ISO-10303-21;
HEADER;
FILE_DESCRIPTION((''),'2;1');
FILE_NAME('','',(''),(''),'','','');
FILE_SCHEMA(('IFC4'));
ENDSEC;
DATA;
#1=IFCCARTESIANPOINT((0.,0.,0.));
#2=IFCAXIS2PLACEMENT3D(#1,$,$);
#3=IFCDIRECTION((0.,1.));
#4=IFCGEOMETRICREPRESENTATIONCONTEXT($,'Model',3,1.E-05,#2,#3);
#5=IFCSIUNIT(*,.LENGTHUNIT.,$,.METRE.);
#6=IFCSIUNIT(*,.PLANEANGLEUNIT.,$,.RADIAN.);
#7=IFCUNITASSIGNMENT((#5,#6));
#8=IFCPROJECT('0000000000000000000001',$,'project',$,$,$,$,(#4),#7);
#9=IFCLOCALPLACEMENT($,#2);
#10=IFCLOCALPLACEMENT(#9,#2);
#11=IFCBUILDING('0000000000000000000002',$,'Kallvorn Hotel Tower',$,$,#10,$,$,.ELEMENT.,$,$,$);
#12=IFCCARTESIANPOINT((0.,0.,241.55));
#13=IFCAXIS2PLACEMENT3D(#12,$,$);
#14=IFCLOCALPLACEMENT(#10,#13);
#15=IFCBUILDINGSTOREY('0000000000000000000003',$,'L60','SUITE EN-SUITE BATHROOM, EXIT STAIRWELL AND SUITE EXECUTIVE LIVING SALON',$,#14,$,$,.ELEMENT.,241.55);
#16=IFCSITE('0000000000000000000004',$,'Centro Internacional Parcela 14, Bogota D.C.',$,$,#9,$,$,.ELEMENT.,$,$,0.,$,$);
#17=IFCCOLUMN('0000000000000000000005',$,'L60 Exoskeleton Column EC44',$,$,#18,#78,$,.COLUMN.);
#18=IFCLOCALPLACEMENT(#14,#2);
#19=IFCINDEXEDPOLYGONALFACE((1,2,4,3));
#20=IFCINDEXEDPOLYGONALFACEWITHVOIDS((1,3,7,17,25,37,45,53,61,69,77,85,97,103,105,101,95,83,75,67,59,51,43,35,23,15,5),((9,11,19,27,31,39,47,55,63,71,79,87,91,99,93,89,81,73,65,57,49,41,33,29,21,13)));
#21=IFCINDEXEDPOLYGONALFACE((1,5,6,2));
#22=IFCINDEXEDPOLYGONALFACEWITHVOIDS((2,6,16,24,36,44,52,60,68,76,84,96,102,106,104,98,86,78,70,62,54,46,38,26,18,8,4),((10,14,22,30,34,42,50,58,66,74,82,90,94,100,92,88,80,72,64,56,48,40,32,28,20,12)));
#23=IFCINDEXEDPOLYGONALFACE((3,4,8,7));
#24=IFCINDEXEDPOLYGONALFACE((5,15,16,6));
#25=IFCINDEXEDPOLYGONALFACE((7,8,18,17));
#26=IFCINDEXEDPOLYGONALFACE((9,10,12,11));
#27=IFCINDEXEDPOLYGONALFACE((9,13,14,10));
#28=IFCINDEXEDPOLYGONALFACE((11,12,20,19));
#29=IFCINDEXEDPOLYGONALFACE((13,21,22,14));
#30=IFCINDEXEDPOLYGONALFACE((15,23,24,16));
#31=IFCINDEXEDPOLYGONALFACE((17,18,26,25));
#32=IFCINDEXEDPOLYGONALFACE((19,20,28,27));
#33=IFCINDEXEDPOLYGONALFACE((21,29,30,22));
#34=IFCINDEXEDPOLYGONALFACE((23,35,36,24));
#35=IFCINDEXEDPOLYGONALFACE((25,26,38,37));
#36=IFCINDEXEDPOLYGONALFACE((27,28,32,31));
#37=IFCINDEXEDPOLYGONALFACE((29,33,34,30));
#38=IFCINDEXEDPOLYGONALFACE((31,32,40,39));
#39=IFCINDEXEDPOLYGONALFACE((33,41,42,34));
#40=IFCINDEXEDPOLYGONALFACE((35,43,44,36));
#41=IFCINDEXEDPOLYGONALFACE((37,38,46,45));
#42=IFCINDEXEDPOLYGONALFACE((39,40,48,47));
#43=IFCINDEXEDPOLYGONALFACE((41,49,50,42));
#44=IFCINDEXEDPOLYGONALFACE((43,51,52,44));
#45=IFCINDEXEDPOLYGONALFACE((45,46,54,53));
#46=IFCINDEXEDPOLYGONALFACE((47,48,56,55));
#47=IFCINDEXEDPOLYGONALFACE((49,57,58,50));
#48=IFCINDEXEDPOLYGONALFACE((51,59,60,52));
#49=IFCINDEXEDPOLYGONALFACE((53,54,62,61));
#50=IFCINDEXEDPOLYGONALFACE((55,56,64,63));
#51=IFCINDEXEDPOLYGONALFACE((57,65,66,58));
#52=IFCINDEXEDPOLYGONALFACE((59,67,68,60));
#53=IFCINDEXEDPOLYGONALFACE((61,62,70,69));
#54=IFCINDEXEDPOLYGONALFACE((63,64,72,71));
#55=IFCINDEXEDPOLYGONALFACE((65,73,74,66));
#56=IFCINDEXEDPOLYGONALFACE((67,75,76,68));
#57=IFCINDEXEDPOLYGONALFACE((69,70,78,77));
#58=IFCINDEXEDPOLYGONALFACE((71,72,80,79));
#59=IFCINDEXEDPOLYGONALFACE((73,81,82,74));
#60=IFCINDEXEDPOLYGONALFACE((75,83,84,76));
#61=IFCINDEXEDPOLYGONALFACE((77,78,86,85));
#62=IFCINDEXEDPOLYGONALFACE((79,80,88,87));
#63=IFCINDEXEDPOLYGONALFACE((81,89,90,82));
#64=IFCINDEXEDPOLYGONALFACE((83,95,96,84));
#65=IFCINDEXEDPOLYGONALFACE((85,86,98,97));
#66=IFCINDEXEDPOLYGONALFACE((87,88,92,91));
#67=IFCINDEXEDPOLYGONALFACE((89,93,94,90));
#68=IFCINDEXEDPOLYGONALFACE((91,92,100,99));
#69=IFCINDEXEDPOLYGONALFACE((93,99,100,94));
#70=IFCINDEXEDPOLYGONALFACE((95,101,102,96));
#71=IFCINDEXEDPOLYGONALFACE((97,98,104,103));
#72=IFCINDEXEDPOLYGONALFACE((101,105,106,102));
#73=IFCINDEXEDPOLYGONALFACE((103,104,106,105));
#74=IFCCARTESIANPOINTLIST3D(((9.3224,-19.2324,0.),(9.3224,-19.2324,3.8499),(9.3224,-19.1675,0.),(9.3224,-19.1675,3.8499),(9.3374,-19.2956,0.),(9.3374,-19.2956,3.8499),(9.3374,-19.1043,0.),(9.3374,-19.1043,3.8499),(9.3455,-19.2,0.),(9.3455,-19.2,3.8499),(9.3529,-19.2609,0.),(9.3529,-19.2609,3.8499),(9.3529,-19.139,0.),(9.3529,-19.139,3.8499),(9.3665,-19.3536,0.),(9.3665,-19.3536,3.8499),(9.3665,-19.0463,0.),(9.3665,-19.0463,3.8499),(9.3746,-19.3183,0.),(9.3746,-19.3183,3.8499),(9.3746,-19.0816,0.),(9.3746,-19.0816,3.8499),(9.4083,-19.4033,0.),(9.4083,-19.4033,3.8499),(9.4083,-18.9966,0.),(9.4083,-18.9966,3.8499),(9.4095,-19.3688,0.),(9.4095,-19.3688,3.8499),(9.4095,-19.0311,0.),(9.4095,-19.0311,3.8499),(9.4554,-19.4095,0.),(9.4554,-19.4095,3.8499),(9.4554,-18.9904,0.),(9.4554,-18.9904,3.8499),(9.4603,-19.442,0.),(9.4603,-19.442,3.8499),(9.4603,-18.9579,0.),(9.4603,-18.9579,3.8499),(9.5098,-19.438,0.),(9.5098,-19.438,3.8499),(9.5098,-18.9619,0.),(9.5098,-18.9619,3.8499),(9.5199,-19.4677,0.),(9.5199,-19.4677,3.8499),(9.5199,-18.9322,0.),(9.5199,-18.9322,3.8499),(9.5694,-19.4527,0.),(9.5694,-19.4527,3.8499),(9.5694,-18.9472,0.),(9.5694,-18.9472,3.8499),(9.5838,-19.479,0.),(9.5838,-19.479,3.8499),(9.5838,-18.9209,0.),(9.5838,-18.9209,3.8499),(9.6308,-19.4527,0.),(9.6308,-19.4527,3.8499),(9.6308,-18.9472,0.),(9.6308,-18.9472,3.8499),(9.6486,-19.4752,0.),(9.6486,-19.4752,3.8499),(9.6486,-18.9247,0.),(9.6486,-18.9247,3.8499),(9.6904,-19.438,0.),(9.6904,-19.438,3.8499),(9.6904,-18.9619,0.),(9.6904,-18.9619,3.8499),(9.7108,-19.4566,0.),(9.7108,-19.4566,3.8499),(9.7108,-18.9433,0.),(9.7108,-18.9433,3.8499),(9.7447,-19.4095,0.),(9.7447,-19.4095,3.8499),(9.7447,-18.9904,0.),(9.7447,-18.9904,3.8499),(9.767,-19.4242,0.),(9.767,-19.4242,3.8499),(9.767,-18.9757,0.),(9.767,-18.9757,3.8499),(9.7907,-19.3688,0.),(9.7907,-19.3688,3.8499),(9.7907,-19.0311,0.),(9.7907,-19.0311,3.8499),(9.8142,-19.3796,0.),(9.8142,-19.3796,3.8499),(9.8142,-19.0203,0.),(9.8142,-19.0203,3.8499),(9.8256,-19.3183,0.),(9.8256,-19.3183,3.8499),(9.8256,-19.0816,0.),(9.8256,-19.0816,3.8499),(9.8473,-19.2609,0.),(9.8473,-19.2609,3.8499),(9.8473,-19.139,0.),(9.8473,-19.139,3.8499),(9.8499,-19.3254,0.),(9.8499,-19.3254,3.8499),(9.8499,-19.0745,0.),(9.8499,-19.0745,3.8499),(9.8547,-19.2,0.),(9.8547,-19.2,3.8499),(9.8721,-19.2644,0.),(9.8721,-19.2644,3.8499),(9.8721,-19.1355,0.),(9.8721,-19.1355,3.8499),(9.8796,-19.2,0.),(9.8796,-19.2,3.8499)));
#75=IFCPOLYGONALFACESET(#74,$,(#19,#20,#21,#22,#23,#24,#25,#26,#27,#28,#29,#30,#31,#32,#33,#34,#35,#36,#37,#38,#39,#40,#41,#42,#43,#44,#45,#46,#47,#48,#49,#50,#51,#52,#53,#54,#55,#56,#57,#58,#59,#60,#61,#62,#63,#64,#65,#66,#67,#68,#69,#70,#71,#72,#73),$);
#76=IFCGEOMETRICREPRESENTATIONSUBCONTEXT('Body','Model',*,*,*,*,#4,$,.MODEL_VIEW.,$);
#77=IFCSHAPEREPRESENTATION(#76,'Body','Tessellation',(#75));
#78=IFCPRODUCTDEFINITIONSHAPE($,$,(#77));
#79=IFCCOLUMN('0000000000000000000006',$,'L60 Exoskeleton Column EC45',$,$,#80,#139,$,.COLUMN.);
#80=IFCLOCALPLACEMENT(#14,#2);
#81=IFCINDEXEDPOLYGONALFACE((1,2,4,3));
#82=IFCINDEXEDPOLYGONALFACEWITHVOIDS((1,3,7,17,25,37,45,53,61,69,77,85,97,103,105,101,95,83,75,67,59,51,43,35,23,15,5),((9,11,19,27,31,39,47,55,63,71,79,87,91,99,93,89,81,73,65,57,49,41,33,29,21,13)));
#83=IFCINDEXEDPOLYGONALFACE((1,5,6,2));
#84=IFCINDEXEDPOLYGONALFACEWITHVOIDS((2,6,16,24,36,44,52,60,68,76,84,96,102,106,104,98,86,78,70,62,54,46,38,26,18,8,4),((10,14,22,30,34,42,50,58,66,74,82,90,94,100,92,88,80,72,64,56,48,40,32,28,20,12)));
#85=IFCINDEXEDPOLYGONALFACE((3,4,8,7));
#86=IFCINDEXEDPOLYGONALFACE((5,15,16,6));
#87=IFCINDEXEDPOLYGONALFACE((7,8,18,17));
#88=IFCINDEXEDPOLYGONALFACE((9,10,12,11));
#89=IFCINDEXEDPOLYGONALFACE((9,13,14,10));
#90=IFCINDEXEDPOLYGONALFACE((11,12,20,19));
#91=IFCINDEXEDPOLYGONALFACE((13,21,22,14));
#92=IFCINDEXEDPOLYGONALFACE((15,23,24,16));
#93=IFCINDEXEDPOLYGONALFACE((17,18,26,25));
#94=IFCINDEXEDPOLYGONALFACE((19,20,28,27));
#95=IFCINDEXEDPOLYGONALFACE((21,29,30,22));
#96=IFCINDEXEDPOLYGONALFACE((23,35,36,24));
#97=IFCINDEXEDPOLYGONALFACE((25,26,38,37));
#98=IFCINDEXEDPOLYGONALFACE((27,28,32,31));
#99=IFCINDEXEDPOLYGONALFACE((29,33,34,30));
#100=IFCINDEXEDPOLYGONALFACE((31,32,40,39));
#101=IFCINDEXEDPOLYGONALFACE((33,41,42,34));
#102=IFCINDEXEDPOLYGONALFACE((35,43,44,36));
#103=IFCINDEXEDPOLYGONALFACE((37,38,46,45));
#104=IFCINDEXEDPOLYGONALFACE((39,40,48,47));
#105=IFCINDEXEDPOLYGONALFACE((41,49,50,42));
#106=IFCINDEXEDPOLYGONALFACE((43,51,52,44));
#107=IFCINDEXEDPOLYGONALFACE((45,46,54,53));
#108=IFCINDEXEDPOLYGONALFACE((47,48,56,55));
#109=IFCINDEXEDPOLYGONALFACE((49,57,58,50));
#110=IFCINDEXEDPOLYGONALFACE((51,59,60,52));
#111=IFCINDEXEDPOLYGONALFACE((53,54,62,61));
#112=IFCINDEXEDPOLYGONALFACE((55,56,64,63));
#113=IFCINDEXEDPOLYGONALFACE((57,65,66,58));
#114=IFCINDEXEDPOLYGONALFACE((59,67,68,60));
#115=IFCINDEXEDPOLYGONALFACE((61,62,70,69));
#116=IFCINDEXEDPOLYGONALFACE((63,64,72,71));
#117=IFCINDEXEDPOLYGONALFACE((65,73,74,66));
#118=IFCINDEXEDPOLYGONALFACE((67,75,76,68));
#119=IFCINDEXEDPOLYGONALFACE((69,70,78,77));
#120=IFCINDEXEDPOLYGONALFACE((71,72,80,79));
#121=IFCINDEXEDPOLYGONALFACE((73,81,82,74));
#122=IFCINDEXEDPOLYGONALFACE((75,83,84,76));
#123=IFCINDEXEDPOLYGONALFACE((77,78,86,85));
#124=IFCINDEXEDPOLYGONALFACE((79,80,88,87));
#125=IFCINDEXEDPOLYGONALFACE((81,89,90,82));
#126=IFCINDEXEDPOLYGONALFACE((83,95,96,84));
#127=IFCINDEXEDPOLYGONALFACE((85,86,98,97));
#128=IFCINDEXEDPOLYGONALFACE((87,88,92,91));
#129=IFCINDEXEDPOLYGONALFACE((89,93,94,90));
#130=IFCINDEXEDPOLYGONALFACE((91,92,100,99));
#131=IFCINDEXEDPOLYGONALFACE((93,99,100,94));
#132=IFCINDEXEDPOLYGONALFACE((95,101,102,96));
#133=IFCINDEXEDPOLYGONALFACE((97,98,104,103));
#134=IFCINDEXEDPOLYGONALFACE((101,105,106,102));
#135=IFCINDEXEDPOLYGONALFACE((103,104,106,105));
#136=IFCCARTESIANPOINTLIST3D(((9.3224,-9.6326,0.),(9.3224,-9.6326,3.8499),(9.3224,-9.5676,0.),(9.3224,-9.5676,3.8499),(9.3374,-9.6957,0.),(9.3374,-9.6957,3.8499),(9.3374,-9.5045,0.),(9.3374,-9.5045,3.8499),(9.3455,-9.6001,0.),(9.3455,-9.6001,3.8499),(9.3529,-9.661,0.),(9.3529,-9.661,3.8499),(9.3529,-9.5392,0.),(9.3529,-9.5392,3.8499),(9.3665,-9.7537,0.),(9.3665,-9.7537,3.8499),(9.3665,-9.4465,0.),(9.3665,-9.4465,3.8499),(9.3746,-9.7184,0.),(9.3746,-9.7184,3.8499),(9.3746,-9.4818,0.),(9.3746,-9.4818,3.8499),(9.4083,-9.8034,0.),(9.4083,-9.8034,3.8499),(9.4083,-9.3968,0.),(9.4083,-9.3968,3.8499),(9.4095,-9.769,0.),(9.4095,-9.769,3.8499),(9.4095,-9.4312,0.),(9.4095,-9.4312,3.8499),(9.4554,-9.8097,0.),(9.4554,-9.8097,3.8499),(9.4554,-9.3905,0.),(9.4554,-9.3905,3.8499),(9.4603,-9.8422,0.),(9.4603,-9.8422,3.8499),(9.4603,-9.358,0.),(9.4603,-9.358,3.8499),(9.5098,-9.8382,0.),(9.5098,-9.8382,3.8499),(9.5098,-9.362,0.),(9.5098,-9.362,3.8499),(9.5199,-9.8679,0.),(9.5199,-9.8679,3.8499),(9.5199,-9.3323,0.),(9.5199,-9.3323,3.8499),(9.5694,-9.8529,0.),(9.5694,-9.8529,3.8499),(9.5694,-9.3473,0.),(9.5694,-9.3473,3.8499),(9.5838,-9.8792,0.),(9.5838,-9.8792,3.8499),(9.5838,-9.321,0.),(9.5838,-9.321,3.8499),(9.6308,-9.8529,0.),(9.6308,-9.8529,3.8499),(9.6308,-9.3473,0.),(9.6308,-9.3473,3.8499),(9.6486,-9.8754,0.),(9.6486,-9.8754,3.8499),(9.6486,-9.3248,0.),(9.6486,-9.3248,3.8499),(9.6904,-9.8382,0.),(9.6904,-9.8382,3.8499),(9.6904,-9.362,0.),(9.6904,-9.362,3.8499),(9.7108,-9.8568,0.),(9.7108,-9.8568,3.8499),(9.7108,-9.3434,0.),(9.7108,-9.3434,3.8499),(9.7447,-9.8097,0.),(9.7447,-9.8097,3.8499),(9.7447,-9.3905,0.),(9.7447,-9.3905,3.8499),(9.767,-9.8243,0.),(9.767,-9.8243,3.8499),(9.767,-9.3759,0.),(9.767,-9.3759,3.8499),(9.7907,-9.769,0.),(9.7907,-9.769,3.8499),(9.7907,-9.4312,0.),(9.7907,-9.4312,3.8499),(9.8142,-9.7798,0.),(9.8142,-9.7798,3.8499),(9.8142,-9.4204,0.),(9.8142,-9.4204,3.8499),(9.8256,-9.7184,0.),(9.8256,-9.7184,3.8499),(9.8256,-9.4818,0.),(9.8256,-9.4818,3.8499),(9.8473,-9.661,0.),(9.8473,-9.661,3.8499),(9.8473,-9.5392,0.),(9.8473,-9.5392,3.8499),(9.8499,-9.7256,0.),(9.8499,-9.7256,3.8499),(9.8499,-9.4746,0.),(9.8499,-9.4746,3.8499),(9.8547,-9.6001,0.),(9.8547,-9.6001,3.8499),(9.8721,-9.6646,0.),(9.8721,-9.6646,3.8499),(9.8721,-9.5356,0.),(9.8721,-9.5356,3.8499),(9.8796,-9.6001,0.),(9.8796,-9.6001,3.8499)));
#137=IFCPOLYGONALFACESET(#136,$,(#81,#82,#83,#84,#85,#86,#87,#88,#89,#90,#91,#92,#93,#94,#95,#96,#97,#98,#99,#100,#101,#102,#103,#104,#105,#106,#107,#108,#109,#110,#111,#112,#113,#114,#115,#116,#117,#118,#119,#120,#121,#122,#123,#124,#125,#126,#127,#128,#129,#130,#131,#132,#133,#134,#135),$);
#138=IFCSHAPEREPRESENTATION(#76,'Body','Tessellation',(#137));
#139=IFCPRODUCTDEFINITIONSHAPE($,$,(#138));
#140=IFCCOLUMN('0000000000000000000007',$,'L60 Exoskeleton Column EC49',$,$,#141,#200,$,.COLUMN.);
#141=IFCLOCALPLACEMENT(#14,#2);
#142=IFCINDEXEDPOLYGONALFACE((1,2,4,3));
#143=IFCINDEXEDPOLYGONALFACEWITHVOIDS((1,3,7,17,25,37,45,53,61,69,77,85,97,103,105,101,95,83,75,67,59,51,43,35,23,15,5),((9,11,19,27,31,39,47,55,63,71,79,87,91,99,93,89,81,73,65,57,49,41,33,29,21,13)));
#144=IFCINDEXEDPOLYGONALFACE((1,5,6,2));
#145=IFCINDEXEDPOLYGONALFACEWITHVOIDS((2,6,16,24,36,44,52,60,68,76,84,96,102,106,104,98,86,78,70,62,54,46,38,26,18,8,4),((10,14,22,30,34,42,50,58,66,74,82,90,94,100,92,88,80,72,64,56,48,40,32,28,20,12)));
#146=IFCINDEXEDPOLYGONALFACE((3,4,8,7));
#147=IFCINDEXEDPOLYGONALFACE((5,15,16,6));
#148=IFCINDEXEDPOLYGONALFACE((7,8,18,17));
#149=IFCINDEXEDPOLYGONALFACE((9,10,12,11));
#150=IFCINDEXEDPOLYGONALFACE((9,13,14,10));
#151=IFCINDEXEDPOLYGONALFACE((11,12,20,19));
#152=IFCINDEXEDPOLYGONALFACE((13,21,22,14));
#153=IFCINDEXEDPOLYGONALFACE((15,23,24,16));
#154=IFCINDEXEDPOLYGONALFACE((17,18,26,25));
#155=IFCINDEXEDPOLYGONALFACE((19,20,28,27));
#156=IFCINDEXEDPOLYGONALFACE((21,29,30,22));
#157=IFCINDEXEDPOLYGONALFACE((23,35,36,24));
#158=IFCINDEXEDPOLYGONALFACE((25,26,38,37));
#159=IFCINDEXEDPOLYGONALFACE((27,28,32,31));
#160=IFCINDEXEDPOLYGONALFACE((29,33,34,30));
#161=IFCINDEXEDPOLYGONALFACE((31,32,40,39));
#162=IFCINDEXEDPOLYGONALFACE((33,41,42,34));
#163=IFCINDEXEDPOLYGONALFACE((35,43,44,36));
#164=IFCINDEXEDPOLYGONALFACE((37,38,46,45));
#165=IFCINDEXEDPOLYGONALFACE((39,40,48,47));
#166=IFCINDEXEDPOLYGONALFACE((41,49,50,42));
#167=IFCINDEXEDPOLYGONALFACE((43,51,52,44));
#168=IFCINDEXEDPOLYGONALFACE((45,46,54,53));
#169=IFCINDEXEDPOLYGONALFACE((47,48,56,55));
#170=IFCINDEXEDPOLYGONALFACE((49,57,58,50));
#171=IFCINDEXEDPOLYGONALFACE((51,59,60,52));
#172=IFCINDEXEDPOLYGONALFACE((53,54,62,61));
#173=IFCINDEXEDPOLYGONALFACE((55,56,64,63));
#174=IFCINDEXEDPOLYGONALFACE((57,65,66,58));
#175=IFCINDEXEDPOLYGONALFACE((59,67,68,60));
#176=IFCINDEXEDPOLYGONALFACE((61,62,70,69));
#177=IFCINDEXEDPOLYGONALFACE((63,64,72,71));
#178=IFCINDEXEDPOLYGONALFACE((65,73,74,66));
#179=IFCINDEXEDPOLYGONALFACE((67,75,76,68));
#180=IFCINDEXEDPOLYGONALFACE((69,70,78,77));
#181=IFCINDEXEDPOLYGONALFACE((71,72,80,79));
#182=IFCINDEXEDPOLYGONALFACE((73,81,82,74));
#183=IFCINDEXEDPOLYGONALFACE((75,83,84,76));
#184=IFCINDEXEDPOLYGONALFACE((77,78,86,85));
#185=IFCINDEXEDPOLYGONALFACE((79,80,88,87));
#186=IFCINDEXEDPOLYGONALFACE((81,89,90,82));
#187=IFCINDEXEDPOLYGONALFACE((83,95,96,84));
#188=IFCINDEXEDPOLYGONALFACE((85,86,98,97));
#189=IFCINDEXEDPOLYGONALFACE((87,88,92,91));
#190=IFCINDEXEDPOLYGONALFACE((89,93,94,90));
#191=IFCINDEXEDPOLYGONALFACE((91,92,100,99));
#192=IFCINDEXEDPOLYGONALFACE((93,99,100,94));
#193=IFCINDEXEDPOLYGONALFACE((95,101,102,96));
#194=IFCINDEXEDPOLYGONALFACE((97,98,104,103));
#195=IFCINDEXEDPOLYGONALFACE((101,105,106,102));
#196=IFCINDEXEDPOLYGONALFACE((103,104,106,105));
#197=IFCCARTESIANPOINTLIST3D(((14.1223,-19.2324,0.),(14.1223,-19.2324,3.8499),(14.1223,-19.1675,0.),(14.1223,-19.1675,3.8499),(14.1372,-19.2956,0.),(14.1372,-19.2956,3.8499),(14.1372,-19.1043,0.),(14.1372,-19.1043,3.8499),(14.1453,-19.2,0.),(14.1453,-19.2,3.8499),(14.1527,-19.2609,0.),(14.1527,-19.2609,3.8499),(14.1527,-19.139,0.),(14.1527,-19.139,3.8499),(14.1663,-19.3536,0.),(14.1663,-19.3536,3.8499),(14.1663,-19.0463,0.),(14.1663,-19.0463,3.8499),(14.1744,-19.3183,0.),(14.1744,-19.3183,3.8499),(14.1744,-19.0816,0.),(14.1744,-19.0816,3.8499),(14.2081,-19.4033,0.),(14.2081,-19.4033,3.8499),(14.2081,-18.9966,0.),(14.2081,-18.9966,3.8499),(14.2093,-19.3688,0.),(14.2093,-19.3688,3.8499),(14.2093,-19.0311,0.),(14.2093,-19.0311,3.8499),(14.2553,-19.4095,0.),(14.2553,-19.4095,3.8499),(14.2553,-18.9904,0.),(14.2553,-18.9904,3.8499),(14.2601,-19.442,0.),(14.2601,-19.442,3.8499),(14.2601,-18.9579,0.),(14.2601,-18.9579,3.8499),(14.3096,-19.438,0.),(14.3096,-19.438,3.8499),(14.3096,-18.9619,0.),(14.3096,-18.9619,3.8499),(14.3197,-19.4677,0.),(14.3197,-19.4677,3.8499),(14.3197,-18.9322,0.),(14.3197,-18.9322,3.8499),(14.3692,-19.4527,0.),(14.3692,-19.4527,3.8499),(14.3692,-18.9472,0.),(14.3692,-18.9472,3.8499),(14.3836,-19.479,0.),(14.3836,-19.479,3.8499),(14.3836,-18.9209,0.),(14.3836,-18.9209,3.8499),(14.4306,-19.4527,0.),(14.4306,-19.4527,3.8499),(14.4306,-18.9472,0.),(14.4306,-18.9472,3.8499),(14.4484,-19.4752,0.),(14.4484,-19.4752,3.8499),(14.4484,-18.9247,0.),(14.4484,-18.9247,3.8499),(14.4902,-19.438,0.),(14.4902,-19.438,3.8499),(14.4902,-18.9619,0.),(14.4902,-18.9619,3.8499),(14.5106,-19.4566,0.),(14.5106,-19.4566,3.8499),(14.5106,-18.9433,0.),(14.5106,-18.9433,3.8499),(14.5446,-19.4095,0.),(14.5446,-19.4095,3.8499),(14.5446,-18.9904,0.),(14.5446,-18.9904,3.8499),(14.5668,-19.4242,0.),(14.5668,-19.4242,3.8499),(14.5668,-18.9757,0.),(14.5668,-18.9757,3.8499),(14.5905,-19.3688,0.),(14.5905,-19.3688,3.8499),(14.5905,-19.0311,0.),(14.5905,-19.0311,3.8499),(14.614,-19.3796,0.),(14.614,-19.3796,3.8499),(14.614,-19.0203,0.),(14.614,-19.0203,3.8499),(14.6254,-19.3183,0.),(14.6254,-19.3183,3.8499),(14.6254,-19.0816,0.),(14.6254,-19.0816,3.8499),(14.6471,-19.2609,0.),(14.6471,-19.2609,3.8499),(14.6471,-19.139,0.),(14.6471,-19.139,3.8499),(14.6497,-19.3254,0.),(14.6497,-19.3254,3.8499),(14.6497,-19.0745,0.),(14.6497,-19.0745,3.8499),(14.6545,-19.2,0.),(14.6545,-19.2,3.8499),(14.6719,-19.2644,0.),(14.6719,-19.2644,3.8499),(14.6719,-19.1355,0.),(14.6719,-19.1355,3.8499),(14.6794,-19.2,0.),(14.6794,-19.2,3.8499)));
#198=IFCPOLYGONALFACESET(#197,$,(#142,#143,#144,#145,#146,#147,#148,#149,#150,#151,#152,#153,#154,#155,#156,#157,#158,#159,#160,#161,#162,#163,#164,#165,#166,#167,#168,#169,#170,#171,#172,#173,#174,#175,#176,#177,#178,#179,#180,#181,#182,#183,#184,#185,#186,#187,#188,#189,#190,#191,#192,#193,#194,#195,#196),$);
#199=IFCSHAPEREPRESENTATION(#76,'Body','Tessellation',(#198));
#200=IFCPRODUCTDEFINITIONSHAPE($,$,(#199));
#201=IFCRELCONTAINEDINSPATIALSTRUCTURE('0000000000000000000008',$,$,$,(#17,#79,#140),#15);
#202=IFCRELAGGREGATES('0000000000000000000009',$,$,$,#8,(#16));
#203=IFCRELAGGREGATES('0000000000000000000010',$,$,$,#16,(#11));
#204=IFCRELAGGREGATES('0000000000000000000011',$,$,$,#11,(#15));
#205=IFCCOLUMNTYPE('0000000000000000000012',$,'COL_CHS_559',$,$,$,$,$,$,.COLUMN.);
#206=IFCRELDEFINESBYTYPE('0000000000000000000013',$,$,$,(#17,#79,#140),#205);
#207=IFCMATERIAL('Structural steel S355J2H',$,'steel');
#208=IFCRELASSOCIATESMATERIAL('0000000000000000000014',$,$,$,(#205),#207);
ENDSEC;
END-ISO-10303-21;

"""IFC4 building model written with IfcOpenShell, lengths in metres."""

from ifc_helpers import new_model, si_unit, direction, frame, origin, origin_2d, place, context, subcontext, project, spatial, hollow_circle, extrude, material, material_profile, profile_set, type_object, element, save


model = new_model("IFC4")

# Units and contexts
model_context = context("Model", 3, precision=1e-05, world=origin(), true_north=direction((0.0, 1.0)))
body_context = subcontext(model_context, "Body", "Model", "MODEL_VIEW")
ifc_project = project(units=[si_unit("LENGTHUNIT", "METRE"), si_unit("PLANEANGLEUNIT", "RADIAN")], contexts=[model_context])

# Site, building, storey
site_placement = place(None, origin())
site = spatial("IfcSite", under=ifc_project, at=site_placement, Name="Centro Internacional Parcela 14, Bogota D.C.", CompositionType="ELEMENT", RefElevation=0.0)
building_placement = place(site_placement, origin())
building = spatial("IfcBuilding", under=site, at=building_placement, Name="Kallvorn Hotel Tower", CompositionType="ELEMENT")
storey_placement = place(building_placement, frame((0.0, 0.0, 241.55)))
storey = spatial("IfcBuildingStorey", under=building, at=storey_placement, Name="L60", Description="SUITE EN-SUITE BATHROOM, EXIT STAIRWELL AND SUITE EXECUTIVE LIVING SALON", CompositionType="ELEMENT", Elevation=241.55)

# Columns
ifc_material_1 = material(Name="Structural steel S355J2H", Category="steel")
ifc_material_profile_1 = material_profile(ifc_material_1, hollow_circle(Radius=0.2795, WallThickness=0.0249, at=origin_2d()), Name="CHS 559x25")
ifc_profile_set_1 = profile_set([ifc_material_profile_1], Name="Structural steel S355J2H")
column_type_1 = type_object("IfcColumnType", Name="COL_CHS_559", PredefinedType="COLUMN", material=ifc_profile_set_1)
for number, where, z_axis, x_axis, name in (
    (1, (9.6001, -19.2, 0.0), (0.0, 0.0, 1.0), (1.0, 0.0, 0.0), "L60 Exoskeleton Column EC44"),
    (2, (9.6001, -9.6001, 0.0), (0.0, 0.0, 1.0), (1.0, 0.0, 0.0), "L60 Exoskeleton Column EC45"),
    (3, (14.3999, -19.2, 0.0), (0.0, 0.0, 1.0), (1.0, 0.0, 0.0), "L60 Exoskeleton Column EC49"),
):
    element("IfcColumn", number, at=place(storey_placement, frame(where, z_axis=z_axis, x_axis=x_axis)), inside=storey, type_object=column_type_1, Name=name, PredefinedType="COLUMN", context=body_context, shape_type="SweptSolid", body=[
        extrude(hollow_circle(Radius=0.2795, WallThickness=0.0249, at=origin_2d()), origin(), (0.0, 0.0, 1.0), 3.8499),
    ])

save(model, "model.ifc")
